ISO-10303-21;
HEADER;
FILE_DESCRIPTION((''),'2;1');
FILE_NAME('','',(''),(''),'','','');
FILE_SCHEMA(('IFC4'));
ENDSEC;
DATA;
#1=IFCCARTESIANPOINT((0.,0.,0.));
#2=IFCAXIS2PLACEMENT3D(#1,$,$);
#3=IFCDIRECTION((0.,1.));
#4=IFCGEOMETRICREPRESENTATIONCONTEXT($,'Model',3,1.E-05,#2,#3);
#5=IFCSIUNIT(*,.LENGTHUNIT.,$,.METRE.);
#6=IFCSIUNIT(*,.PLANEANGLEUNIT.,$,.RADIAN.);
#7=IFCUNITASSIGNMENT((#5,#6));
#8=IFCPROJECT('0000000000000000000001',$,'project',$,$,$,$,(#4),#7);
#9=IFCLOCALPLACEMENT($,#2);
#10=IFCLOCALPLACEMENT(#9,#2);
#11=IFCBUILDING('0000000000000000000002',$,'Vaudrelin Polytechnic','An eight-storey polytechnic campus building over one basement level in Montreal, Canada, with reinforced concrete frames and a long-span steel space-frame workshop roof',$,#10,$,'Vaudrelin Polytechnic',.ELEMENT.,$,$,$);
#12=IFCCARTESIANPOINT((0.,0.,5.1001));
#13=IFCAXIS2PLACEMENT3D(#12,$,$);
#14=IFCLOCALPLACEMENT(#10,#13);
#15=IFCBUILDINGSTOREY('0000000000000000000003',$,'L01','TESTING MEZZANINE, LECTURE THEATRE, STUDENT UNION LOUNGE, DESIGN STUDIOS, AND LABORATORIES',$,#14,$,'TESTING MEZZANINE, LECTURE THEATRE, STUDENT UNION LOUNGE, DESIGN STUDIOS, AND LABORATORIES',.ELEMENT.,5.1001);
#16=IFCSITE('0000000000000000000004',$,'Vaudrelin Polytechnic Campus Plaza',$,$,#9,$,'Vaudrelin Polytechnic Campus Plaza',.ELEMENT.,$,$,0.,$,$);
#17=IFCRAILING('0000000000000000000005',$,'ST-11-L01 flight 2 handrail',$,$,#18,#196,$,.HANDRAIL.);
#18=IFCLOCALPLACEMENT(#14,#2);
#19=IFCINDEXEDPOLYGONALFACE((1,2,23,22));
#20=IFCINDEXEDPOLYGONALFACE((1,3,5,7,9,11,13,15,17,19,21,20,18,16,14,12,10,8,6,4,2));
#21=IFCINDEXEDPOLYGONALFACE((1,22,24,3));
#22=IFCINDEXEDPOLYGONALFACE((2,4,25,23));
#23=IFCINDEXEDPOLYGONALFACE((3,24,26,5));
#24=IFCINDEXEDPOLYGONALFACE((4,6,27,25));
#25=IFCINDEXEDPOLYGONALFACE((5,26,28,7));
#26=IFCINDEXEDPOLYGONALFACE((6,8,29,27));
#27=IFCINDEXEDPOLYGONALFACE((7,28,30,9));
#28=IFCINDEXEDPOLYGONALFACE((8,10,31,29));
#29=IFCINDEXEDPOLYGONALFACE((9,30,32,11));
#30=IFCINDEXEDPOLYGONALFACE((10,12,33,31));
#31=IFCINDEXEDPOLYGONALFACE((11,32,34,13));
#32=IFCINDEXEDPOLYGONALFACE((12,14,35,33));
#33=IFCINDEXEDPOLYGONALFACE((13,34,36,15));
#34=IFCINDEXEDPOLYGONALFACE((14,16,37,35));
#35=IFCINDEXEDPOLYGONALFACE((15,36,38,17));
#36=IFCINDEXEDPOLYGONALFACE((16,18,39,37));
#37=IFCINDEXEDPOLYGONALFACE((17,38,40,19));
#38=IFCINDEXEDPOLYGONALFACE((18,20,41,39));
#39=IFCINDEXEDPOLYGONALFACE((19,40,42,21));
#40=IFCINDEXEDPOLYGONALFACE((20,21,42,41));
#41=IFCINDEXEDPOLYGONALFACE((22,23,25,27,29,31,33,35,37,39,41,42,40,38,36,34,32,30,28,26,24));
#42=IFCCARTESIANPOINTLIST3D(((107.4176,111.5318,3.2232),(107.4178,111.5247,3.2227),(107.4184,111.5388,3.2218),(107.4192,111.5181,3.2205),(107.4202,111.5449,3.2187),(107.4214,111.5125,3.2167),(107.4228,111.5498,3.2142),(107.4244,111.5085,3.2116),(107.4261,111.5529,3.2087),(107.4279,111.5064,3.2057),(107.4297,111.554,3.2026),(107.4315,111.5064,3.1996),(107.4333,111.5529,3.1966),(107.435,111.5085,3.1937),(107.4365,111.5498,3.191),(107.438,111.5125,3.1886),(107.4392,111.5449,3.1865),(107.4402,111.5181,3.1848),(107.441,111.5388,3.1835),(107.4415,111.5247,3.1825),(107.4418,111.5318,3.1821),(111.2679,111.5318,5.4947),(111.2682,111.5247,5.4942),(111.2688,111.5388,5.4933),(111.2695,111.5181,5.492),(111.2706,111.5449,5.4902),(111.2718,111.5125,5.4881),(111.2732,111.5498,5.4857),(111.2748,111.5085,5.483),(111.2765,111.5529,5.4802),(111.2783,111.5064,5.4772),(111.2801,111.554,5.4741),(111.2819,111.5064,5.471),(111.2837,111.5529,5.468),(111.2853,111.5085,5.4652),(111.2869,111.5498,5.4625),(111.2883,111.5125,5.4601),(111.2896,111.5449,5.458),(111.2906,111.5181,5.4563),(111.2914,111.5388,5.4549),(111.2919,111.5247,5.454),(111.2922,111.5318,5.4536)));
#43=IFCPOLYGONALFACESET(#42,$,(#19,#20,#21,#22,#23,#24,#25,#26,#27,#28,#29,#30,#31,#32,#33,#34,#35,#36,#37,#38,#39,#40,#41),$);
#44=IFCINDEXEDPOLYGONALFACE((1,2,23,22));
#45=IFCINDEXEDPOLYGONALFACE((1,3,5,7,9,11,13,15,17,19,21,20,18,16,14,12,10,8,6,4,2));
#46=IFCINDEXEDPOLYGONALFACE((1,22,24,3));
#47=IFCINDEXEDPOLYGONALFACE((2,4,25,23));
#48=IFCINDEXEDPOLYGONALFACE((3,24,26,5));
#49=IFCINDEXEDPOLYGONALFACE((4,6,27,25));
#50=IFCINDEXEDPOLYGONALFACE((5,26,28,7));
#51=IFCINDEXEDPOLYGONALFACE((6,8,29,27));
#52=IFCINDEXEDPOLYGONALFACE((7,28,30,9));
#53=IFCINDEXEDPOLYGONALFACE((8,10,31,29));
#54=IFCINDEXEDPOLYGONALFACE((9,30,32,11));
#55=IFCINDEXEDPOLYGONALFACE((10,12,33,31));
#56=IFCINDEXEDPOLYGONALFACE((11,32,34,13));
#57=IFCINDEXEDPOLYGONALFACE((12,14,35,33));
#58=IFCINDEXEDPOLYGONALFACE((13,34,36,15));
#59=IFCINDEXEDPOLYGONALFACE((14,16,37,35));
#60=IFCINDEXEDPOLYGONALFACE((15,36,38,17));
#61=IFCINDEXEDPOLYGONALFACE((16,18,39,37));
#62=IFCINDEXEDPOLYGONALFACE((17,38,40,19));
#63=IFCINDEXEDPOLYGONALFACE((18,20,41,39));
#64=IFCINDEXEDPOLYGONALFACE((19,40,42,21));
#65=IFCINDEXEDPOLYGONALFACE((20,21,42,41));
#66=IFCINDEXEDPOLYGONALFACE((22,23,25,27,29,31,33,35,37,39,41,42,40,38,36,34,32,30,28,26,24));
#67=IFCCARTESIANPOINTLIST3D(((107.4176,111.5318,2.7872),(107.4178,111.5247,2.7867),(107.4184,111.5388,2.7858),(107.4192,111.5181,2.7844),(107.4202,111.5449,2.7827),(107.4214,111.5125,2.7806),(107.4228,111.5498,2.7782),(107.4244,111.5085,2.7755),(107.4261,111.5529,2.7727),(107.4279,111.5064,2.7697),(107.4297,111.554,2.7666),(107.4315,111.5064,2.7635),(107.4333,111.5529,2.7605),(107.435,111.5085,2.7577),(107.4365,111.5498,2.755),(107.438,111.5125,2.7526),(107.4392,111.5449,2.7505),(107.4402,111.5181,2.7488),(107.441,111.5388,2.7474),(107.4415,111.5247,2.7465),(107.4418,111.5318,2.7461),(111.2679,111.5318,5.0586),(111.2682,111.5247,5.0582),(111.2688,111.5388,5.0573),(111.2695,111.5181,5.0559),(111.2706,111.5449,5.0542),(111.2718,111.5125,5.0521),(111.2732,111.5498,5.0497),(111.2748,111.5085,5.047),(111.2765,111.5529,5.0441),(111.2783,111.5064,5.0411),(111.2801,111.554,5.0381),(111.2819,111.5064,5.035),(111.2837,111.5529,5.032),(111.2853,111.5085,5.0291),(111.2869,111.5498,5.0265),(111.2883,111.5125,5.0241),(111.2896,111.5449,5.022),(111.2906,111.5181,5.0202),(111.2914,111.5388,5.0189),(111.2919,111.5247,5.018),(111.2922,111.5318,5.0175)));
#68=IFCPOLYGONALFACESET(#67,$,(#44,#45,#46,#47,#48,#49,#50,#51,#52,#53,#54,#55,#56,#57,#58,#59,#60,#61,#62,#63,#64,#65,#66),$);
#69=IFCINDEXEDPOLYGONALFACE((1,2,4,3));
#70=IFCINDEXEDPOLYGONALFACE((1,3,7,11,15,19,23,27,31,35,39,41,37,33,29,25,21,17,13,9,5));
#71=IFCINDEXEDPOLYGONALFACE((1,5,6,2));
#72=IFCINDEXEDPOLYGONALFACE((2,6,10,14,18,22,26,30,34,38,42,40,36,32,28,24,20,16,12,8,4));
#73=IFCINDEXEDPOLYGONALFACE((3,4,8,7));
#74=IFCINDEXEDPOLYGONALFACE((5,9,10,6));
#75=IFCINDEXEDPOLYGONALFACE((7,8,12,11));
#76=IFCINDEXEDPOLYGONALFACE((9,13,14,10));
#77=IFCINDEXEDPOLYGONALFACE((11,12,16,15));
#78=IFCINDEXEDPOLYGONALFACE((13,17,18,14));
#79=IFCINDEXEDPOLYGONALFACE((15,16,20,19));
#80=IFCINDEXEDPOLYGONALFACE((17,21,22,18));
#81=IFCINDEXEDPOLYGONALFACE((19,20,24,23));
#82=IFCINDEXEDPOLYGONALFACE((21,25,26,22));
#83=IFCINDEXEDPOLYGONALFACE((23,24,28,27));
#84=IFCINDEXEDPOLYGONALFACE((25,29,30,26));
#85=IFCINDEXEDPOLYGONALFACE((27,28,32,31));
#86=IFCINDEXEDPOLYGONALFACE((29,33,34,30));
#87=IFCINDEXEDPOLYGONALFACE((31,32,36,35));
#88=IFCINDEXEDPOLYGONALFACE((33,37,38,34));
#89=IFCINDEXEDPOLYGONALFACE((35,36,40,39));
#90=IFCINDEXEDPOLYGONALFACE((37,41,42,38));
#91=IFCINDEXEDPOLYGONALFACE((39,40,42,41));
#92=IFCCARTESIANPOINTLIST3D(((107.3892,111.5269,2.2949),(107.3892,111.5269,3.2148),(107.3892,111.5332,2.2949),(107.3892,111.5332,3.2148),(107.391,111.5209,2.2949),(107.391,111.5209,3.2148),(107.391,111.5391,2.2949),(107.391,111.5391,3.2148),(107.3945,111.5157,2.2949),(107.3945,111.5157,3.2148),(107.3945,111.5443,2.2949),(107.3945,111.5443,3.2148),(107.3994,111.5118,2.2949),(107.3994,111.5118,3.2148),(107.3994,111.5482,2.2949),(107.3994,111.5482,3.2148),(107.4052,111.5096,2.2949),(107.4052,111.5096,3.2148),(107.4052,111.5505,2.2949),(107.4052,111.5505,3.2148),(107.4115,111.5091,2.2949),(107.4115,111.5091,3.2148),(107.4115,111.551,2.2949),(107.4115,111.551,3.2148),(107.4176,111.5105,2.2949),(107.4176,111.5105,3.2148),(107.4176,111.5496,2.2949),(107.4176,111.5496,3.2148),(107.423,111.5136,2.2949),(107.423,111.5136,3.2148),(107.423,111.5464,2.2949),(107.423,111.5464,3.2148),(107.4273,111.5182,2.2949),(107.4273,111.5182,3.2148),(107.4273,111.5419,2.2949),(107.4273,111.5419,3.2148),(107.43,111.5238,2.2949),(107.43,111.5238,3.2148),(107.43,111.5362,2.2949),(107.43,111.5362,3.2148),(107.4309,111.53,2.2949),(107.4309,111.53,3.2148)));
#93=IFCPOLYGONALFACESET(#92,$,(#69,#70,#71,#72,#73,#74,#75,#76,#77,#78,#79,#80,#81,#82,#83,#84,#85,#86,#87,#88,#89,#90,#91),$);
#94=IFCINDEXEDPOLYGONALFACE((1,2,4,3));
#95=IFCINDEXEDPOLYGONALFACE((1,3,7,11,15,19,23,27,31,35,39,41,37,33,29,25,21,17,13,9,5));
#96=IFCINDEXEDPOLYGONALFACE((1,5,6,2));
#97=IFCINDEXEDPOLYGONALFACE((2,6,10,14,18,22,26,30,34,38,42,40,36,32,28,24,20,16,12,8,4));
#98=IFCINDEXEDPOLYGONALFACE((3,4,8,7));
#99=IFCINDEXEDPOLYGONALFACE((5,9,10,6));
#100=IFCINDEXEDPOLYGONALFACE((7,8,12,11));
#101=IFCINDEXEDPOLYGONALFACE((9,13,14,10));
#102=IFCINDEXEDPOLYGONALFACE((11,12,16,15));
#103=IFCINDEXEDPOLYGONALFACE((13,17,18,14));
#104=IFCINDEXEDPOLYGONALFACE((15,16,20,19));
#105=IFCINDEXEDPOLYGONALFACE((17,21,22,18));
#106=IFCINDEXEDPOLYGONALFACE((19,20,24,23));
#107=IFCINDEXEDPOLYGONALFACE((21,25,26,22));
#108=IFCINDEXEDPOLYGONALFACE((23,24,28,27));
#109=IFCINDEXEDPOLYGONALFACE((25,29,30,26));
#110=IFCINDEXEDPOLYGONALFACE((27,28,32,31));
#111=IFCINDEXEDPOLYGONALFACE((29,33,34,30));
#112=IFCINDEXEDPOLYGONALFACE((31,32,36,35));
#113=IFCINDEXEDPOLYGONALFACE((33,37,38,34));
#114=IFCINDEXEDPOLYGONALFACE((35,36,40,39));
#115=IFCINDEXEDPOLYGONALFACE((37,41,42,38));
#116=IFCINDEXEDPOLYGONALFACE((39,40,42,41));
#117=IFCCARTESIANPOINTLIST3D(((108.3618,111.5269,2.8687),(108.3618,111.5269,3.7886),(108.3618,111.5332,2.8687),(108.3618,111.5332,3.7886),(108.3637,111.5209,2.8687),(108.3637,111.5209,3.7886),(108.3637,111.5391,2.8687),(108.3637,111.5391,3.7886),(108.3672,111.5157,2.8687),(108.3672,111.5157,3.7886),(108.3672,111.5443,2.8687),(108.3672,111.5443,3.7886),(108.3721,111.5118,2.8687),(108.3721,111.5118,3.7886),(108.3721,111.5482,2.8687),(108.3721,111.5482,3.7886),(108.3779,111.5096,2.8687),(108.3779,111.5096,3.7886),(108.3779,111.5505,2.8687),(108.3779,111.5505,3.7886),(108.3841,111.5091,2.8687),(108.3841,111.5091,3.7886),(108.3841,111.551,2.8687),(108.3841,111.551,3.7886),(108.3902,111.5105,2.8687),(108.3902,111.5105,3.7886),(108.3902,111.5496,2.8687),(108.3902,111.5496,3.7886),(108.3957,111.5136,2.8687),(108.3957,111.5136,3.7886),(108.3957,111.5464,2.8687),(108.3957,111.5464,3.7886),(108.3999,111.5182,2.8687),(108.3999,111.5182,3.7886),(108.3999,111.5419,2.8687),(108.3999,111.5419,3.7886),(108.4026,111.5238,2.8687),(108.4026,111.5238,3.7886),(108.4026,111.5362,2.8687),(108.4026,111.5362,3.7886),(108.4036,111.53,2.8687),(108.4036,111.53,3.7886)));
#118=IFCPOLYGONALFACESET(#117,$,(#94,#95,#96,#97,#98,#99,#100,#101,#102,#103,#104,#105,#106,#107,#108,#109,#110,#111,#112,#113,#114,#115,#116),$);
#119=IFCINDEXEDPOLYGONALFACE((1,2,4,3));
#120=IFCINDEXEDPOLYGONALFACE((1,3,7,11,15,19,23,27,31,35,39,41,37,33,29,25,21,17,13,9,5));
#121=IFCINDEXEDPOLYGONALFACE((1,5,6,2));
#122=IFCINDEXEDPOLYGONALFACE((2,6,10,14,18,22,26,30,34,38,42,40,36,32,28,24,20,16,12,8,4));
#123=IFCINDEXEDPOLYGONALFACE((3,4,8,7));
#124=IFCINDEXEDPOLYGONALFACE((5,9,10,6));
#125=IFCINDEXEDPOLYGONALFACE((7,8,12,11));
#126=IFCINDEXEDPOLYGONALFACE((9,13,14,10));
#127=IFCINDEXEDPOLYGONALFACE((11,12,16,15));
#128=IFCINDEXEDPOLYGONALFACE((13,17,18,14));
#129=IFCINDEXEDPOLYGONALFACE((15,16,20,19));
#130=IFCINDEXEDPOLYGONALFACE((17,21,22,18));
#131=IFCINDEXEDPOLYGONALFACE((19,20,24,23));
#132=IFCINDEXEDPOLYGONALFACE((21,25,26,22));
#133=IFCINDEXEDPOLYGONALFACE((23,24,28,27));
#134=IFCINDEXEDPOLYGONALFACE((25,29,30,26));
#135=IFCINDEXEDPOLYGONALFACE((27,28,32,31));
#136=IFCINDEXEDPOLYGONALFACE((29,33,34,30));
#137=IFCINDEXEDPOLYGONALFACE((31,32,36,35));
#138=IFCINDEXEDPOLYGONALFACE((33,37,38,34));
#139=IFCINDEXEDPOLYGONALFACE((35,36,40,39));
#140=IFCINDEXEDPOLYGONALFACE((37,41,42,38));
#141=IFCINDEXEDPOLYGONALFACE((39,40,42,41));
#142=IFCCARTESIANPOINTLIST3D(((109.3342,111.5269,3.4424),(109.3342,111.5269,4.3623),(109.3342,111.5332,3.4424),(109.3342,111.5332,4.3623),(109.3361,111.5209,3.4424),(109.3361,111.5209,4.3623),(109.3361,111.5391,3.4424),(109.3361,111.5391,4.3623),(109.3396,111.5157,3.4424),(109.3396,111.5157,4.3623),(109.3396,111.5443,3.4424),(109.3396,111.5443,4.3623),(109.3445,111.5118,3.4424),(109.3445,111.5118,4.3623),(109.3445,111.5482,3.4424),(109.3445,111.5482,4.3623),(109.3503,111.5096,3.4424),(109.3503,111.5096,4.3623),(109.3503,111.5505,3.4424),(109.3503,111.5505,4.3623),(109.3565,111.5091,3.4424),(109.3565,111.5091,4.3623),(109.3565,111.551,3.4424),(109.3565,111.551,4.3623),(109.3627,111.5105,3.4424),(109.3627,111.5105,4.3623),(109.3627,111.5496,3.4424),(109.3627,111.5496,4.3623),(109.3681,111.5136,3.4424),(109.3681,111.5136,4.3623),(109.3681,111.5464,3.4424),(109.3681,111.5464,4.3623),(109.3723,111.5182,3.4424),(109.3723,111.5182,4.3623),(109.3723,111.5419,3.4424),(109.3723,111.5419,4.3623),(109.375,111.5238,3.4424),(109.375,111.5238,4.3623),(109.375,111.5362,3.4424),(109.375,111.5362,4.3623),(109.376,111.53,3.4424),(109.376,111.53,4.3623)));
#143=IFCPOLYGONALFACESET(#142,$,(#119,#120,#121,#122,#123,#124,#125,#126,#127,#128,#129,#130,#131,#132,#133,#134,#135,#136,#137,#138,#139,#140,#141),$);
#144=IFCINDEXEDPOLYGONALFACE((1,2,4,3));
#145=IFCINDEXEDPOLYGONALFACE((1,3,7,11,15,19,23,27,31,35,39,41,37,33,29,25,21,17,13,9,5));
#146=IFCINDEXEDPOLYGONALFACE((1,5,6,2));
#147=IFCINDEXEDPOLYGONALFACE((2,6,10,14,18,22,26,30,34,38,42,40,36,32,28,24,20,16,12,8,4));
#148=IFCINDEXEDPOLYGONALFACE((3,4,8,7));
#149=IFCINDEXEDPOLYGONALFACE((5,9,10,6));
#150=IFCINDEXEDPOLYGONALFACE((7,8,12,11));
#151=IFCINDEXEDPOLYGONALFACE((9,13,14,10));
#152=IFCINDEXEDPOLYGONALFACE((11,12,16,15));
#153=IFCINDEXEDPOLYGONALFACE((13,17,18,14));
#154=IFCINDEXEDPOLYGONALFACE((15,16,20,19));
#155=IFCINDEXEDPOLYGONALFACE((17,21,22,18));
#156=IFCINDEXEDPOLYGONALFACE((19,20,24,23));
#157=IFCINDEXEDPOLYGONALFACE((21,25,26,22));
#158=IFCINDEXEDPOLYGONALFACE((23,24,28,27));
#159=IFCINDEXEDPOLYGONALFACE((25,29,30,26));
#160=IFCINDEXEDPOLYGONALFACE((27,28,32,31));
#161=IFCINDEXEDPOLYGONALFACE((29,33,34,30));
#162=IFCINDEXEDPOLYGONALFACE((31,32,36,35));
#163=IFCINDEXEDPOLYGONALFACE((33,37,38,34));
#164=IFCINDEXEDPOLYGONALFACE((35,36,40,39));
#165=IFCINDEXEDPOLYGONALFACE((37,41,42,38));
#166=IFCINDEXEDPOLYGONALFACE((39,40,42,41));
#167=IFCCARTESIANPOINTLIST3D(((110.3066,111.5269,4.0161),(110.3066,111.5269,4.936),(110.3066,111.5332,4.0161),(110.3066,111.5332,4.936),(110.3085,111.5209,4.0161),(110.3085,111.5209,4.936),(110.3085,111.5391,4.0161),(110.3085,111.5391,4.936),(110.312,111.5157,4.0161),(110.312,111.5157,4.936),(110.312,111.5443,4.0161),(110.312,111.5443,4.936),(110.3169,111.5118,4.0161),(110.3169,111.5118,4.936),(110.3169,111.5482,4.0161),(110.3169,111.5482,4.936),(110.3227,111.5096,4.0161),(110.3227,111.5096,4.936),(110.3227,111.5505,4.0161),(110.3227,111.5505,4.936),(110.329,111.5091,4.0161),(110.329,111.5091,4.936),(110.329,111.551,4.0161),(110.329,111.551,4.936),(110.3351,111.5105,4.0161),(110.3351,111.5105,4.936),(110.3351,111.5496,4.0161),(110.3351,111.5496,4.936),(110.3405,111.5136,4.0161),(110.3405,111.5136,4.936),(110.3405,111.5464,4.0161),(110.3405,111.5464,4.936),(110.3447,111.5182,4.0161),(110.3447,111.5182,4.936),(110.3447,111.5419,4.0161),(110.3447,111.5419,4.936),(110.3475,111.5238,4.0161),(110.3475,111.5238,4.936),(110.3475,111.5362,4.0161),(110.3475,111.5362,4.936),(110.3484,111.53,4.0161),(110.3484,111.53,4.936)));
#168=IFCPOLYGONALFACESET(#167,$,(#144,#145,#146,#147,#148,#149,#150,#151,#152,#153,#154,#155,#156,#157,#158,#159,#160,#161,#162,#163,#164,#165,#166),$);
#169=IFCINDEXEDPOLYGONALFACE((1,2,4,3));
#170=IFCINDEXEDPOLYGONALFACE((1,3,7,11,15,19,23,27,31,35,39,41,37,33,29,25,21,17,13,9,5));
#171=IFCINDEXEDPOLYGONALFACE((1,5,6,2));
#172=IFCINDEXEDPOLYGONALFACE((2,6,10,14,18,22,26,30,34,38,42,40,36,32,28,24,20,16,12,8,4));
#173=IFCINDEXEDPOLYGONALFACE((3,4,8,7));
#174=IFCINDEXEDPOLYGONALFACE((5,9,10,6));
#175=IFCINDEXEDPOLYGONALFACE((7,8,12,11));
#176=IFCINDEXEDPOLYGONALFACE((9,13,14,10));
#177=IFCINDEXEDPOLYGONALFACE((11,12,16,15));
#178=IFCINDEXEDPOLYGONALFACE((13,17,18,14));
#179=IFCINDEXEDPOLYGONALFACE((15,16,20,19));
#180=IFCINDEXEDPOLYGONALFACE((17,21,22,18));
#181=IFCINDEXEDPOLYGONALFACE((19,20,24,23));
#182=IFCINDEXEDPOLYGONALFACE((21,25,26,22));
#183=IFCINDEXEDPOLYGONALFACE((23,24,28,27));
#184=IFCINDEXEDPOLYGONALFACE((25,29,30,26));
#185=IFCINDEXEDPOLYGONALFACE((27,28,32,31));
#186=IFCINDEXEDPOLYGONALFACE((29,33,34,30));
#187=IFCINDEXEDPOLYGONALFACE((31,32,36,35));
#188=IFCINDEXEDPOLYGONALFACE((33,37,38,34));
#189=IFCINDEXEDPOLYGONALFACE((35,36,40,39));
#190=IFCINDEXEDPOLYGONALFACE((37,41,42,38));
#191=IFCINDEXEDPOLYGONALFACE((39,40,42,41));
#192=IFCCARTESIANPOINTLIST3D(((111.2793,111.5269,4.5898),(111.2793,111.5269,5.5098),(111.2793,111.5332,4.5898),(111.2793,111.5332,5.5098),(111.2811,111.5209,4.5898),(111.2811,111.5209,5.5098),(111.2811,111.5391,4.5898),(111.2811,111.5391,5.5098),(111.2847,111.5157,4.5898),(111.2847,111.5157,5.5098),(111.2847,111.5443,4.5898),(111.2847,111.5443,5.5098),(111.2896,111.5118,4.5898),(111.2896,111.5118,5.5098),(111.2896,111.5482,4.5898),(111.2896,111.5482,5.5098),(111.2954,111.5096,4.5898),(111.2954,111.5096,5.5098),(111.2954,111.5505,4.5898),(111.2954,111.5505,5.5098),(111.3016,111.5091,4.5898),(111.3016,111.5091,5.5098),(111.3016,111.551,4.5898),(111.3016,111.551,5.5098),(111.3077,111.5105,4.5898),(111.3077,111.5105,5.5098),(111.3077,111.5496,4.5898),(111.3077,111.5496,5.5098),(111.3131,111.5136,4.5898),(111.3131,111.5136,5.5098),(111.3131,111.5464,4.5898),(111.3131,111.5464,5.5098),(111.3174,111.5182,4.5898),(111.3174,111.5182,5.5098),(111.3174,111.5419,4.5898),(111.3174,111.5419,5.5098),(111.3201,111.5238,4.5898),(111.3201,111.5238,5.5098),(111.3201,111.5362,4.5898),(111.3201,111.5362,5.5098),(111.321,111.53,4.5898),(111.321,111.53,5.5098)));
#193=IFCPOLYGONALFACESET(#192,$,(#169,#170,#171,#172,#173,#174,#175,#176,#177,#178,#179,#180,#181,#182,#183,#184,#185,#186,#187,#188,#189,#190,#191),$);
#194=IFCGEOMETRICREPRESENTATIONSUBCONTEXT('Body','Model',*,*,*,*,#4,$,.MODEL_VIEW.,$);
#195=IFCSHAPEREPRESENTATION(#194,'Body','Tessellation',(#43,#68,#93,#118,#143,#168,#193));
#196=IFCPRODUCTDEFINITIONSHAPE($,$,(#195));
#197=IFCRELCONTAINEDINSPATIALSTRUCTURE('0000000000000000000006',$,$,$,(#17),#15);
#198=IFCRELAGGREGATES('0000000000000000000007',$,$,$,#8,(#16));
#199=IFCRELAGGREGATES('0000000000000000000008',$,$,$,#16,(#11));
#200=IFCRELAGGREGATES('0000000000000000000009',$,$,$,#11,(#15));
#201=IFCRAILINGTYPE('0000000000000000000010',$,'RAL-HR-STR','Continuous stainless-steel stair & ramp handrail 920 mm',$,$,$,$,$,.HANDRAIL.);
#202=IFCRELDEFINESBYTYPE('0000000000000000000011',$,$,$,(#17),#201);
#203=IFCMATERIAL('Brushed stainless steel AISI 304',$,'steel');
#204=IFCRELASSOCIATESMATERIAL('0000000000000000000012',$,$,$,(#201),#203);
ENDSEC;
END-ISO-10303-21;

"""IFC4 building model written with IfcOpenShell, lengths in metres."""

from ifc_helpers import new_model, si_unit, direction, frame, origin, origin_2d, place, context, subcontext, project, spatial, circle, extrude, material, type_object, element, save


model = new_model("IFC4")

# Units and contexts
model_context = context("Model", 3, precision=1e-05, world=origin(), true_north=direction((0.0, 1.0)))
body_context = subcontext(model_context, "Body", "Model", "MODEL_VIEW")
ifc_project = project(units=[si_unit("LENGTHUNIT", "METRE"), si_unit("PLANEANGLEUNIT", "RADIAN")], contexts=[model_context])

# Site, building, storey
site_placement = place(None, origin())
site = spatial("IfcSite", under=ifc_project, at=site_placement, Name="Vaudrelin Polytechnic Campus Plaza", LongName="Vaudrelin Polytechnic Campus Plaza", CompositionType="ELEMENT", RefElevation=0.0)
building_placement = place(site_placement, origin())
building = spatial("IfcBuilding", under=site, at=building_placement, Name="Vaudrelin Polytechnic", Description="An eight-storey polytechnic campus building over one basement level in Montreal, Canada, with reinforced concrete frames and a long-span steel space-frame workshop roof", LongName="Vaudrelin Polytechnic", CompositionType="ELEMENT")
storey_placement = place(building_placement, frame((0.0, 0.0, 5.1001)))
storey = spatial("IfcBuildingStorey", under=building, at=storey_placement, Name="L01", Description="TESTING MEZZANINE, LECTURE THEATRE, STUDENT UNION LOUNGE, DESIGN STUDIOS, AND LABORATORIES", LongName="TESTING MEZZANINE, LECTURE THEATRE, STUDENT UNION LOUNGE, DESIGN STUDIOS, AND LABORATORIES", CompositionType="ELEMENT", Elevation=5.1001)

# Railing
ifc_material_1 = material(Name="Brushed stainless steel AISI 304", Category="steel")
railing_type_1 = type_object("IfcRailingType", Name="RAL-HR-STR", Description="Continuous stainless-steel stair & ramp handrail 920 mm", PredefinedType="HANDRAIL", material=ifc_material_1)
railing_1_placement = place(storey_placement, frame((107.4099, 111.53, 2.2949)))
element("IfcRailing", 1, at=railing_1_placement, inside=storey, type_object=railing_type_1, Name="ST-11-L01 flight 2 handrail", PredefinedType="HANDRAIL", context=body_context, shape_type="SweptSolid", body=[
    extrude(circle(Radius=0.0239, at=origin_2d()), frame((0.0198, 0.0, 0.9077), z_axis=(0.861294, 0.0, 0.508106), x_axis=(0.0, 1.0, 0.0)), (0.0, 0.0, 1.0), 4.4705),
    extrude(circle(Radius=0.0239, at=origin_2d()), frame((0.0198, 0.0, 0.4717), z_axis=(0.861294, 0.0, 0.508106), x_axis=(0.0, 1.0, 0.0)), (0.0, 0.0, 1.0), 4.4705),
    extrude(circle(Radius=0.021, at=origin_2d()), origin(), (0.0, 0.0, 1.0), 0.9199),
    extrude(circle(Radius=0.021, at=origin_2d()), frame((0.9727, 0.0, 0.5737)), (0.0, 0.0, 1.0), 0.9199),
    extrude(circle(Radius=0.021, at=origin_2d()), frame((1.9451, 0.0, 1.1475)), (0.0, 0.0, 1.0), 0.9199),
    extrude(circle(Radius=0.021, at=origin_2d()), frame((2.9175, 0.0, 1.7212)), (0.0, 0.0, 1.0), 0.9199),
    extrude(circle(Radius=0.021, at=origin_2d()), frame((3.8901, 0.0, 2.2949)), (0.0, 0.0, 1.0), 0.9199),
])

save(model, "model.ifc")
